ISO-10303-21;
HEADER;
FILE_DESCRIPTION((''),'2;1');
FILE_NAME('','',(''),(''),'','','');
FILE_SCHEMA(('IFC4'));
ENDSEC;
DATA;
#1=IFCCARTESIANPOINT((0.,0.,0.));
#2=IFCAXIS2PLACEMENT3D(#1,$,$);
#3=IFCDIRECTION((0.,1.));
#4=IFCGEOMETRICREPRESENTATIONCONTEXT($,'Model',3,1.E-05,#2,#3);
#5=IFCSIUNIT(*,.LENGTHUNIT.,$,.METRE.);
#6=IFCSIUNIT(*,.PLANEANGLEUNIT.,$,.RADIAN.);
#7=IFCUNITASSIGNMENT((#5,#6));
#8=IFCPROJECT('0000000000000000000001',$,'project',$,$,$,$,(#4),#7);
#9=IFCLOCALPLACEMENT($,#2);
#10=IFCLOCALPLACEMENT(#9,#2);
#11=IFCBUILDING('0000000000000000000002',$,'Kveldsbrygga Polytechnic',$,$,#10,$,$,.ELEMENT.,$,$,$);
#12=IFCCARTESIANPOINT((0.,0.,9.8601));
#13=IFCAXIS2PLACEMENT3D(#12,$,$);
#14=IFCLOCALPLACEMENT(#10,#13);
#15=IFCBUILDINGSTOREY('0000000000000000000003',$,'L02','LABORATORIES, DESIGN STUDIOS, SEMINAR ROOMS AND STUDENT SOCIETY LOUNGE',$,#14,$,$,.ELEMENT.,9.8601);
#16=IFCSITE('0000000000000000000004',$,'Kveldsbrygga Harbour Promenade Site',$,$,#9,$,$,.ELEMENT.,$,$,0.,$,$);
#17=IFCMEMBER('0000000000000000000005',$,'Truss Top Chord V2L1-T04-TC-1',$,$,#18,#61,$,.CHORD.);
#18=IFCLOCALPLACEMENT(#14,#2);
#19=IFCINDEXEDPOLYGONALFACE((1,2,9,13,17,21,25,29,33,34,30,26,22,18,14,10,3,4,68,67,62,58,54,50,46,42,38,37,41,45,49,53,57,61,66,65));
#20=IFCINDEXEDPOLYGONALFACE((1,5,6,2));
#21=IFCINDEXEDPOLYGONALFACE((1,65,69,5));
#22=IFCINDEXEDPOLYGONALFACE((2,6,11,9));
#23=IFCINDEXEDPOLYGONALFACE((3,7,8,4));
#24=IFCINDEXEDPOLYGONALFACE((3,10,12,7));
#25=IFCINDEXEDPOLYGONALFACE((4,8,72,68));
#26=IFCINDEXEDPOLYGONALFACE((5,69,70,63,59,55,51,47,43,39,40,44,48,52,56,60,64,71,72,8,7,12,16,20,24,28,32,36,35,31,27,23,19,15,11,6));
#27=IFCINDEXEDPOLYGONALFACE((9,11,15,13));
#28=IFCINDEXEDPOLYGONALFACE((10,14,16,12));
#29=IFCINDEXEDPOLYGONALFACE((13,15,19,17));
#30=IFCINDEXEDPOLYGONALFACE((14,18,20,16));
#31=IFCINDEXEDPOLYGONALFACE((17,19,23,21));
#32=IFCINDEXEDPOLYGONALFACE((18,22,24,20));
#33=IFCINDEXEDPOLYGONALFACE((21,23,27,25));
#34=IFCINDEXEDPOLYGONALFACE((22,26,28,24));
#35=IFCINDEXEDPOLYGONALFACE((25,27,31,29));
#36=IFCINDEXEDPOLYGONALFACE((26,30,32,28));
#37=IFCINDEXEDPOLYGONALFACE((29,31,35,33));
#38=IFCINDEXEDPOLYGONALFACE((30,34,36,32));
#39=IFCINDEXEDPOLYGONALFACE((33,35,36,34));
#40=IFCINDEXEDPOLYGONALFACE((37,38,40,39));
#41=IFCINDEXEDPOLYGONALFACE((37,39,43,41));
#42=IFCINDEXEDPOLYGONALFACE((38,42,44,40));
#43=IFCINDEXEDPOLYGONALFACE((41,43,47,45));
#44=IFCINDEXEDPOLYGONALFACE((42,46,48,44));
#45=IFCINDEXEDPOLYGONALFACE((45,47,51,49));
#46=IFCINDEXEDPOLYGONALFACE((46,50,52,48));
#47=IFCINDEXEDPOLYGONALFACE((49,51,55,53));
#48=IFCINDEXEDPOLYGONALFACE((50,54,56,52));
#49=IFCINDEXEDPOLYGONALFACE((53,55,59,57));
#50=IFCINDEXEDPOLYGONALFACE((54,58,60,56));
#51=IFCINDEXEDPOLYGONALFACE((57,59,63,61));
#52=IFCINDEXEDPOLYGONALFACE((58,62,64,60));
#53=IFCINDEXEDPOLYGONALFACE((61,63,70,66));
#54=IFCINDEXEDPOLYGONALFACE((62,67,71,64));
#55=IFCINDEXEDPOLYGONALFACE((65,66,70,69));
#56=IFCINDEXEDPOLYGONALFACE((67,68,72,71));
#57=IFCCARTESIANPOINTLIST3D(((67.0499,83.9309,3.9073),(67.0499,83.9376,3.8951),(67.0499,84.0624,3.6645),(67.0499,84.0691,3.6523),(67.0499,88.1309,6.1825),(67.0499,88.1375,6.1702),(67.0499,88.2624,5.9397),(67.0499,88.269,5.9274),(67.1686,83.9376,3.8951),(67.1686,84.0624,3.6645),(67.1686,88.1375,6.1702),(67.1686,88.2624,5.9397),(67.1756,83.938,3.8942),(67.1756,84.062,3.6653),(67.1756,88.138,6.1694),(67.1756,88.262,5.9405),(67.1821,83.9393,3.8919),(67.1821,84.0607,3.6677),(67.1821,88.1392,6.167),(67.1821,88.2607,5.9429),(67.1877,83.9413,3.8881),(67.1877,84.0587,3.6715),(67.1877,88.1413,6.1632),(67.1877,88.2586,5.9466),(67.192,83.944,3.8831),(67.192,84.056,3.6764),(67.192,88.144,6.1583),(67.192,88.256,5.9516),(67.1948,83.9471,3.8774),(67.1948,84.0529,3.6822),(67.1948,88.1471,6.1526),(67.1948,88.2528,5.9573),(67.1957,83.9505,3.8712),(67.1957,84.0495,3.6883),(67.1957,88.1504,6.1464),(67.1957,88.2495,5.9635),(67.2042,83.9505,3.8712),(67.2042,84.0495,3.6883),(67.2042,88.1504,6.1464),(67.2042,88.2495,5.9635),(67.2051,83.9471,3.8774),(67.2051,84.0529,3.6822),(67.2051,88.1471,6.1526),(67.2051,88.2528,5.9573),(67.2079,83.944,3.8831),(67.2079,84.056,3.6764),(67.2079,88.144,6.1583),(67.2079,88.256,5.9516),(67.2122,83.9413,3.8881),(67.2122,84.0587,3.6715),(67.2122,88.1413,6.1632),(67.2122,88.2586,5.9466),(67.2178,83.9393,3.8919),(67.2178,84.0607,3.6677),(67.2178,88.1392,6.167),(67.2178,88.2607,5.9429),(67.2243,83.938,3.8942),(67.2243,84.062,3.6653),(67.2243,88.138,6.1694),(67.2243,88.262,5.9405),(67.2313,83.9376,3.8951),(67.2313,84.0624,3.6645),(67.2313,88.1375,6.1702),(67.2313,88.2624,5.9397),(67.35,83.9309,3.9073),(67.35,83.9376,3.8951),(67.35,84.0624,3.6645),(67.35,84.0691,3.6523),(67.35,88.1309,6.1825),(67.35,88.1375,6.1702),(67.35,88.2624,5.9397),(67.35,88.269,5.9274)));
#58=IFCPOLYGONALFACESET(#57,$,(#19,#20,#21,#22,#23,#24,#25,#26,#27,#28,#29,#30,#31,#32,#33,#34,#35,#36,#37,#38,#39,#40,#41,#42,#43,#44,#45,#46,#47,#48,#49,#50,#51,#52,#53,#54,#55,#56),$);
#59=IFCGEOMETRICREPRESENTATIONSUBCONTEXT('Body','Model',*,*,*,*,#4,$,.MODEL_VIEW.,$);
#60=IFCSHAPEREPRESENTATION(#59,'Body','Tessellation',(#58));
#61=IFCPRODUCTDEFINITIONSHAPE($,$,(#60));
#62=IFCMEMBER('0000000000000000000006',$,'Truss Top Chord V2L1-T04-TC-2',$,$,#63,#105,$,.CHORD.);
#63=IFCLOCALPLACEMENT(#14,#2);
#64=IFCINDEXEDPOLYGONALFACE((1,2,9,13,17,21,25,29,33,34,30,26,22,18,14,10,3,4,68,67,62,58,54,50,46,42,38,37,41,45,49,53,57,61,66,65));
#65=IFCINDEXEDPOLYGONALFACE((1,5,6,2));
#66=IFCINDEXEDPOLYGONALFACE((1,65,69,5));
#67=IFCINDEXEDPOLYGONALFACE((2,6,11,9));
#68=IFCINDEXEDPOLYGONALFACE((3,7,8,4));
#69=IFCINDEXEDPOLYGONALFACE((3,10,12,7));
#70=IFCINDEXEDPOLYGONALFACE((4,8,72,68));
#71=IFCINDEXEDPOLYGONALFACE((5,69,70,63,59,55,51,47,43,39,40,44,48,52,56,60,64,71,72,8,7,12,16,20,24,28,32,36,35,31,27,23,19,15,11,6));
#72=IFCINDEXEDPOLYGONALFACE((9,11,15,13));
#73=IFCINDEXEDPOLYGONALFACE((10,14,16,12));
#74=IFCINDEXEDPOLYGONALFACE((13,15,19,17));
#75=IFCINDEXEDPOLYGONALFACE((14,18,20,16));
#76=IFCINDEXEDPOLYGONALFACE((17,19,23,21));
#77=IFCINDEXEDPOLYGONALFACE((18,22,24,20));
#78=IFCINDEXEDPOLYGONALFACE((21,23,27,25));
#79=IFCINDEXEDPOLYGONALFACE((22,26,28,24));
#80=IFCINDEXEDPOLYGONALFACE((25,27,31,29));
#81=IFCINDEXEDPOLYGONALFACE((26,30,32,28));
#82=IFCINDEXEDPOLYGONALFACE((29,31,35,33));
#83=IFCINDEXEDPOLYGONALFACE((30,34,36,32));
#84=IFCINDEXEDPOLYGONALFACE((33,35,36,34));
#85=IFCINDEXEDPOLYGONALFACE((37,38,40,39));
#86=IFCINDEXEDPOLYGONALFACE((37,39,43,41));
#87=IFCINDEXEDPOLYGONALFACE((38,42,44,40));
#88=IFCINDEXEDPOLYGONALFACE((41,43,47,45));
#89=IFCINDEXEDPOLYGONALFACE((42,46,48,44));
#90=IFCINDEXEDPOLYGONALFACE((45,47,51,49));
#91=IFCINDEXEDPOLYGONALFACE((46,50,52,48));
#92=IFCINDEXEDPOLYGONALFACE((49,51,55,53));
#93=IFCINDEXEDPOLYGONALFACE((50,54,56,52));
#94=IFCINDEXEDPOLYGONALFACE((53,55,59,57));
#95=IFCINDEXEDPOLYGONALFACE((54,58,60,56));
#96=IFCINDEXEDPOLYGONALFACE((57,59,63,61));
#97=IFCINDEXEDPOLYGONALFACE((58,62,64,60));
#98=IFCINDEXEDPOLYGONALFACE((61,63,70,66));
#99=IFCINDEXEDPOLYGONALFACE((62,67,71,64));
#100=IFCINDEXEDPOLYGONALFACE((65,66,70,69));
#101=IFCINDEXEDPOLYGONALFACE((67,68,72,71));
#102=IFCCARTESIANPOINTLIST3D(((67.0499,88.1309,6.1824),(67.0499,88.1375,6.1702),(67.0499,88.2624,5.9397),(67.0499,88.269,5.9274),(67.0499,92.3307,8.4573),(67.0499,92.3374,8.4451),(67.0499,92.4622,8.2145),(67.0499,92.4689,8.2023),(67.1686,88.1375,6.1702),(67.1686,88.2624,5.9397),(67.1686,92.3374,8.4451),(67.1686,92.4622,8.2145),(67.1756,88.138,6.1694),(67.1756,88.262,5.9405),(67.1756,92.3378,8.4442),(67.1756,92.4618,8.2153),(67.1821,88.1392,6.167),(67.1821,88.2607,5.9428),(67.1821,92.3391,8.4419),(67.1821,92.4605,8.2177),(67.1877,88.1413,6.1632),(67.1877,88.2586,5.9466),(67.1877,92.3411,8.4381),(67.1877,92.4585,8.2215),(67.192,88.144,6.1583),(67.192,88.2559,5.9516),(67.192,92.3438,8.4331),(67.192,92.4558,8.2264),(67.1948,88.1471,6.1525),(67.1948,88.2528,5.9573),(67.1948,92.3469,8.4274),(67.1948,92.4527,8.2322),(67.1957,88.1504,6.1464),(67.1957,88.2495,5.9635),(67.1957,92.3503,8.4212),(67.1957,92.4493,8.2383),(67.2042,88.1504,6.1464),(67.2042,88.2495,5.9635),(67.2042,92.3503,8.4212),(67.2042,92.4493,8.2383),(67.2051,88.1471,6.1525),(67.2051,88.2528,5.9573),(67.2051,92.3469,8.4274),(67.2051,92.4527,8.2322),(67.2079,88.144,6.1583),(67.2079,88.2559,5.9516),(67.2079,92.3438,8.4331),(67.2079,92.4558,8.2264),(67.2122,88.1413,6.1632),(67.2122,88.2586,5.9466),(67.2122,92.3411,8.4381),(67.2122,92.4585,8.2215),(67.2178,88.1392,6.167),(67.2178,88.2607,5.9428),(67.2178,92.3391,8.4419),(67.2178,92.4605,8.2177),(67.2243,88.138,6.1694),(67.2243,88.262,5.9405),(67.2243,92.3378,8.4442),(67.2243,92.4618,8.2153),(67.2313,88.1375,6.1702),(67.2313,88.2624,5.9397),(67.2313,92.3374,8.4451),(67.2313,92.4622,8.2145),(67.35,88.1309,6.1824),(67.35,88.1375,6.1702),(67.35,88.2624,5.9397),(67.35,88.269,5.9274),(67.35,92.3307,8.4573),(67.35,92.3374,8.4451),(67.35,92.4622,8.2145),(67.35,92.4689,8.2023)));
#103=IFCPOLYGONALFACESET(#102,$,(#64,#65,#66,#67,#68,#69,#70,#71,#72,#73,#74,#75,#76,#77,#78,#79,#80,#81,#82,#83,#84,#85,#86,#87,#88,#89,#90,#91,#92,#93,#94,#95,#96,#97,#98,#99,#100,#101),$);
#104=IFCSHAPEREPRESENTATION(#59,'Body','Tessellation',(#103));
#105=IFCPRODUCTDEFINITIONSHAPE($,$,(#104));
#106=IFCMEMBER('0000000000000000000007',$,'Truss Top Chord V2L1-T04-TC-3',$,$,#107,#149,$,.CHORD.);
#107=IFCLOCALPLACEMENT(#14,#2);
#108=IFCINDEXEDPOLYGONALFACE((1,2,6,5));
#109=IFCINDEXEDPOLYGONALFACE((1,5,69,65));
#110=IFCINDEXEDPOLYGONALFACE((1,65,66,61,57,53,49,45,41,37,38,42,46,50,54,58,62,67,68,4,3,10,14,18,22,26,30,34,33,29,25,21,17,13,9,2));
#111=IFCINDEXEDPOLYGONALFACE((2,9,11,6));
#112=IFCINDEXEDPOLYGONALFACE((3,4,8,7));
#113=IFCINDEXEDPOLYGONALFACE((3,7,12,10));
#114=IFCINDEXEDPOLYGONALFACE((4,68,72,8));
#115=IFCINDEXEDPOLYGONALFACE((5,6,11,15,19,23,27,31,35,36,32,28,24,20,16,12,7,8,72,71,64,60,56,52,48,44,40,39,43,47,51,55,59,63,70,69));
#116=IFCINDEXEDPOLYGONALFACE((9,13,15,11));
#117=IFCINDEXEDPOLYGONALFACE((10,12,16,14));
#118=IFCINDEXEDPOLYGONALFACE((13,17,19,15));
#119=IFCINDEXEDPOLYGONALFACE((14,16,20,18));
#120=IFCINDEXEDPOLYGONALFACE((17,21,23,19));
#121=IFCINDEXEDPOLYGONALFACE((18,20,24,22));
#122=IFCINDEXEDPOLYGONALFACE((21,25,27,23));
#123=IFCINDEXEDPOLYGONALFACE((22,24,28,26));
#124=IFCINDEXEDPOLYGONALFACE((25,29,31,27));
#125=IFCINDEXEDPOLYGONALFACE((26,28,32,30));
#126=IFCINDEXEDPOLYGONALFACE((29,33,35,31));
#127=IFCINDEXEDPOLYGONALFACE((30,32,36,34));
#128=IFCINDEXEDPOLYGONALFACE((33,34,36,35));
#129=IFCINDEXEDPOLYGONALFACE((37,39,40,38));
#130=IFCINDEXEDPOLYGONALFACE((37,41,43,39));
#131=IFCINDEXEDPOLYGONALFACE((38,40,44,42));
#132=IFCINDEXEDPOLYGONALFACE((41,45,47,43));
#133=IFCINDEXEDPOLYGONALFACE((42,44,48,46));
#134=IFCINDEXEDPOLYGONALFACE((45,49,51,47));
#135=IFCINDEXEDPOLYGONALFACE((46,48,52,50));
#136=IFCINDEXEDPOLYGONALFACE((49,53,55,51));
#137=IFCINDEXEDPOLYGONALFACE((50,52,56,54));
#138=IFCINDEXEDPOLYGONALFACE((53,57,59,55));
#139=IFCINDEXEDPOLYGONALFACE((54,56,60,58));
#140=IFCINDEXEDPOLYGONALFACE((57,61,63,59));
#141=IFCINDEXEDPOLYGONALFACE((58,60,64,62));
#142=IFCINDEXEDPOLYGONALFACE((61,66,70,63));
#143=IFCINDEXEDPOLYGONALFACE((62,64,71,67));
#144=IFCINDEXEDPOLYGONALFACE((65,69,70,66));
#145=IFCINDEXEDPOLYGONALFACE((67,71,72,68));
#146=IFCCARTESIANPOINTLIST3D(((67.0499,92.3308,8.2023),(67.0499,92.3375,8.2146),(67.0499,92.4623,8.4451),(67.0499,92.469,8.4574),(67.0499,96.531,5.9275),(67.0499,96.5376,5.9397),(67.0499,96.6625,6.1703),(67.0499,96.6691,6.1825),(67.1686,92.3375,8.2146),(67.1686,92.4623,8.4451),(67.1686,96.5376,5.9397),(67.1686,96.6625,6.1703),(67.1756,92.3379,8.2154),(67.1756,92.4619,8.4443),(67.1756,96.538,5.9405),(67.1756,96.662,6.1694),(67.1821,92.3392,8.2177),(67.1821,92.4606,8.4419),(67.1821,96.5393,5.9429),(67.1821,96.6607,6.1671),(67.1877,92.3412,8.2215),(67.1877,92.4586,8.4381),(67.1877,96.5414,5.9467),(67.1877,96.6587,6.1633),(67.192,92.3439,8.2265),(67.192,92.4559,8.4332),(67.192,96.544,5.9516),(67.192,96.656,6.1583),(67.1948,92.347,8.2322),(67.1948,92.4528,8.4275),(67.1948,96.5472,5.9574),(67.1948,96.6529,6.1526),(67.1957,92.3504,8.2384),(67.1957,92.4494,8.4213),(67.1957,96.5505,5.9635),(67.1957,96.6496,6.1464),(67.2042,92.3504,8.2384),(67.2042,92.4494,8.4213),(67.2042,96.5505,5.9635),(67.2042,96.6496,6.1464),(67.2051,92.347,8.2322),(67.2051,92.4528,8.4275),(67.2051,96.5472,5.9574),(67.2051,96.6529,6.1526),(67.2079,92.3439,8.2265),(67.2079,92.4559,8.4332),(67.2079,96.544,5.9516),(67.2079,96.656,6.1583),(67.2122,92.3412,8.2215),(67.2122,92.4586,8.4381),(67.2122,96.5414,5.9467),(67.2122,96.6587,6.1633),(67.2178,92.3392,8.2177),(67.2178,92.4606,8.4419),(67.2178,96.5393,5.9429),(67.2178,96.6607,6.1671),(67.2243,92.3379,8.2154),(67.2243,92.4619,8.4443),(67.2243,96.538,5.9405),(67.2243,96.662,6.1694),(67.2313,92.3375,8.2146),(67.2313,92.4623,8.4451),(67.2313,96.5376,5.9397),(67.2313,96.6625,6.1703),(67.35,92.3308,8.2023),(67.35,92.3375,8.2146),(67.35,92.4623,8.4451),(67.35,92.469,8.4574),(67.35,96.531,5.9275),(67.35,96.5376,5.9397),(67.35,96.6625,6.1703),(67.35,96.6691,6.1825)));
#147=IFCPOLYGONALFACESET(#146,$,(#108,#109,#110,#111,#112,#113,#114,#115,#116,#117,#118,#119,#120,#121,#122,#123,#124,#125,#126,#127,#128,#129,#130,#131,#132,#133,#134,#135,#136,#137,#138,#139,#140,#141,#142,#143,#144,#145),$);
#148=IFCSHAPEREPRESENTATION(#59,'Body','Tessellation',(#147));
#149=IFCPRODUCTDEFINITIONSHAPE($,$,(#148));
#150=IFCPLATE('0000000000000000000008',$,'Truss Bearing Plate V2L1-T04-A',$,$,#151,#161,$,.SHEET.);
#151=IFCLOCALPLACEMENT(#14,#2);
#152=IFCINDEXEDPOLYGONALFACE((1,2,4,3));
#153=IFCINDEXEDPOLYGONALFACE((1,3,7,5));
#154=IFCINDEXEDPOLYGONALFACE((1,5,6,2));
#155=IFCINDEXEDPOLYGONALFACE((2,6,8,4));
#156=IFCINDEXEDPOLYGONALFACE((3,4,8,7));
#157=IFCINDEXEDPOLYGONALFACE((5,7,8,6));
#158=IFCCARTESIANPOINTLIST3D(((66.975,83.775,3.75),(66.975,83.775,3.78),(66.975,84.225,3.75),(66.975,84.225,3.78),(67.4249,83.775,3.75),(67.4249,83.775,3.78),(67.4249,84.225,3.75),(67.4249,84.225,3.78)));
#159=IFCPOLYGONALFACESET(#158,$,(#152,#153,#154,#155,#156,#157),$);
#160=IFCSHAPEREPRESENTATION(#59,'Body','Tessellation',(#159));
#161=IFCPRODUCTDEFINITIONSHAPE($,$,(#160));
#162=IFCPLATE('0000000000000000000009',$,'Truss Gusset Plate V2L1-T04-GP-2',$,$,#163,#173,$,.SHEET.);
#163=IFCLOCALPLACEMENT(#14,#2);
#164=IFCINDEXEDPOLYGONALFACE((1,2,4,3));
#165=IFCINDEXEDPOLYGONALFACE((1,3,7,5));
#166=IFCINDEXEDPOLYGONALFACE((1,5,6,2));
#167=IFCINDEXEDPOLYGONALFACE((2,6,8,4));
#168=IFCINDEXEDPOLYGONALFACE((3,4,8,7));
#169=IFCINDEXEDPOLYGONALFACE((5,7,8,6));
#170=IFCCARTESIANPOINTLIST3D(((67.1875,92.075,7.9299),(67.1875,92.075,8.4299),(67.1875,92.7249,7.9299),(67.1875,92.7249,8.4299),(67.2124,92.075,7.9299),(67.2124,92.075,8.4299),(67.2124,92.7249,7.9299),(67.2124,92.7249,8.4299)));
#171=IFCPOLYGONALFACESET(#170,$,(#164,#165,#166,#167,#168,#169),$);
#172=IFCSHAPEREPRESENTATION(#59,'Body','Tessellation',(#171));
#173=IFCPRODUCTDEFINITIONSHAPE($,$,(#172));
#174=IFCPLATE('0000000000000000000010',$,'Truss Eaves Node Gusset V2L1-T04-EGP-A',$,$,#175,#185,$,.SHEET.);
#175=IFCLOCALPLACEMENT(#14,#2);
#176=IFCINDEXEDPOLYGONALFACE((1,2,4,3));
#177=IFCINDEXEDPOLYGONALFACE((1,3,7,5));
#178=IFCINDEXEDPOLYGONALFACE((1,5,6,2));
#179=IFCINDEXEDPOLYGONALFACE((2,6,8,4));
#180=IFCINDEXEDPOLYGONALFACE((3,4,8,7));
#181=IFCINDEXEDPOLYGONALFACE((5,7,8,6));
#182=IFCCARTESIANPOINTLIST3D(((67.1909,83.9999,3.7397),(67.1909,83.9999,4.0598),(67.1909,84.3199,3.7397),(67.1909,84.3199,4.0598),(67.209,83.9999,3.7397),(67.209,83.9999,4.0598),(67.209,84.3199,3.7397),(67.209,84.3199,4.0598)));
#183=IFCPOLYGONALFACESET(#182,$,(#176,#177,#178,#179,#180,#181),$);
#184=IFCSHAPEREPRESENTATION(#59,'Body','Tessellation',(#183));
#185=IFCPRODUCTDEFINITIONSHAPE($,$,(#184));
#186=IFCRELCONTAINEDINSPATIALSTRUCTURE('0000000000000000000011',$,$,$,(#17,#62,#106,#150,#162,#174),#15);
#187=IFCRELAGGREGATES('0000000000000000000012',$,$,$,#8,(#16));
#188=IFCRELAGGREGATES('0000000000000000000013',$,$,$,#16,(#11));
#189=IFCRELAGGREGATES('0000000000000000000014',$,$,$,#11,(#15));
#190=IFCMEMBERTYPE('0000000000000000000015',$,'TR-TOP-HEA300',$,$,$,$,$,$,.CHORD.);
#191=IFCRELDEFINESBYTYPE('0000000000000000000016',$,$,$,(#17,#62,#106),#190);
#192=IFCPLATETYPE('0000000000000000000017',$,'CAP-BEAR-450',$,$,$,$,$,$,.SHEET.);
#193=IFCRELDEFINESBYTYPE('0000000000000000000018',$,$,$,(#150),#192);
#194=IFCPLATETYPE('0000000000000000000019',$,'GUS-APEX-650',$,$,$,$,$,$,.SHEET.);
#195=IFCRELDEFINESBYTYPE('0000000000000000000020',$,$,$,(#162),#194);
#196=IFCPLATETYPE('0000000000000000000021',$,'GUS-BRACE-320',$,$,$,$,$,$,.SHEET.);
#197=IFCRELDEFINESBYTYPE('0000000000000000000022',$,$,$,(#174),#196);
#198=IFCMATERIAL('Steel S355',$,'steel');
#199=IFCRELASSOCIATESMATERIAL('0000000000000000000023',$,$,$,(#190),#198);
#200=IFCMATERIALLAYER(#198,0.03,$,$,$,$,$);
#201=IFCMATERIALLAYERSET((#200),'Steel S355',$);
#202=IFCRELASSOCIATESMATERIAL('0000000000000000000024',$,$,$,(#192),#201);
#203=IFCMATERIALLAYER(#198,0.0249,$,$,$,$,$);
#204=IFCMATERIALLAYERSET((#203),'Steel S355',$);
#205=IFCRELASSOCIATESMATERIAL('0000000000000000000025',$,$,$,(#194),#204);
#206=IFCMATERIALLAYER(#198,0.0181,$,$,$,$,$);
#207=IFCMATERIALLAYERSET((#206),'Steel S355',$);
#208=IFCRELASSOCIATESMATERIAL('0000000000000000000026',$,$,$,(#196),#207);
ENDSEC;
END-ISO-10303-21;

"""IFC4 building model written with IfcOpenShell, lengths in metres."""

from ifc_helpers import new_model, si_unit, direction, frame, origin, origin_2d, place, context, subcontext, project, spatial, rectangle, i_section, extrude, material, layer, layer_set, material_profile, profile_set, type_object, element, save


model = new_model("IFC4")

# Units and contexts
model_context = context("Model", 3, precision=1e-05, world=origin(), true_north=direction((0.0, 1.0)))
body_context = subcontext(model_context, "Body", "Model", "MODEL_VIEW")
ifc_project = project(units=[si_unit("LENGTHUNIT", "METRE"), si_unit("PLANEANGLEUNIT", "RADIAN")], contexts=[model_context])

# Site, building, storey
site_placement = place(None, origin())
site = spatial("IfcSite", under=ifc_project, at=site_placement, Name="Kveldsbrygga Harbour Promenade Site", CompositionType="ELEMENT", RefElevation=0.0)
building_placement = place(site_placement, origin())
building = spatial("IfcBuilding", under=site, at=building_placement, Name="Kveldsbrygga Polytechnic", CompositionType="ELEMENT")
storey_placement = place(building_placement, frame((0.0, 0.0, 9.8601)))
storey = spatial("IfcBuildingStorey", under=building, at=storey_placement, Name="L02", Description="LABORATORIES, DESIGN STUDIOS, SEMINAR ROOMS AND STUDENT SOCIETY LOUNGE", CompositionType="ELEMENT", Elevation=9.8601)

# Members
ifc_material_1 = material(Name="Steel S355", Category="steel")
ifc_material_profile_1 = material_profile(ifc_material_1, i_section(OverallWidth=0.3, OverallDepth=0.29, WebThickness=0.0085, FlangeThickness=0.0139, FilletRadius=0.0271, at=origin_2d()), Name="HEA 300")
ifc_profile_set_1 = profile_set([ifc_material_profile_1], Name="Steel S355")
member_type_1 = type_object("IfcMemberType", Name="TR-TOP-HEA300", PredefinedType="CHORD", material=ifc_profile_set_1)
member_1_placement = place(storey_placement, frame((67.2, 84.0, 3.7798), z_axis=(0.0, 0.879277, 0.476311), x_axis=(-1.0, 0.0, 0.0)))
element("IfcMember", 1, at=member_1_placement, inside=storey, type_object=member_type_1, Name="Truss Top Chord V2L1-T04-TC-1", PredefinedType="CHORD", context=body_context, shape_type="SweptSolid", body=[
    extrude(i_section(OverallWidth=0.3, OverallDepth=0.29, WebThickness=0.0085, FlangeThickness=0.0139, FilletRadius=0.0271, at=origin_2d()), origin(), (0.0, 0.0, 1.0), 4.7766),
])
member_2_placement = place(storey_placement, frame((67.2, 88.2, 6.0549), z_axis=(0.0, 0.879298, 0.476272), x_axis=(-1.0, 0.0, 0.0)))
element("IfcMember", 2, at=member_2_placement, inside=storey, type_object=member_type_1, Name="Truss Top Chord V2L1-T04-TC-2", PredefinedType="CHORD", context=body_context, shape_type="SweptSolid", body=[
    extrude(i_section(OverallWidth=0.3, OverallDepth=0.29, WebThickness=0.0085, FlangeThickness=0.0139, FilletRadius=0.0271, at=origin_2d()), origin(), (0.0, 0.0, 1.0), 4.7764),
])
member_3_placement = place(storey_placement, frame((67.2, 92.3999, 8.3298), z_axis=(0.0, 0.87931, -0.47625), x_axis=(-1.0, 0.0, 0.0)))
element("IfcMember", 3, at=member_3_placement, inside=storey, type_object=member_type_1, Name="Truss Top Chord V2L1-T04-TC-3", PredefinedType="CHORD", context=body_context, shape_type="SweptSolid", body=[
    extrude(i_section(OverallWidth=0.3, OverallDepth=0.29, WebThickness=0.0085, FlangeThickness=0.0139, FilletRadius=0.0271, at=origin_2d()), origin(), (0.0, 0.0, 1.0), 4.7766),
])

# Plates
ifc_layer_1 = layer(ifc_material_1, 0.03)
ifc_layer_set_1 = layer_set([ifc_layer_1], Name="Steel S355")
plate_type_1 = type_object("IfcPlateType", Name="CAP-BEAR-450", PredefinedType="SHEET", material=ifc_layer_set_1)
plate_1_placement = place(storey_placement, frame((67.2, 84.0, 3.75), z_axis=(0.0, 0.0, 1.0), x_axis=(1.0, 0.0, 0.0)))
element("IfcPlate", 4, at=plate_1_placement, inside=storey, type_object=plate_type_1, Name="Truss Bearing Plate V2L1-T04-A", PredefinedType="SHEET", context=body_context, shape_type="SweptSolid", body=[
    extrude(rectangle(XDim=0.45, YDim=0.45, at=origin_2d()), origin(), (0.0, 0.0, 1.0), 0.03),
])
ifc_layer_2 = layer(ifc_material_1, 0.0249)
ifc_layer_set_2 = layer_set([ifc_layer_2], Name="Steel S355")
plate_type_2 = type_object("IfcPlateType", Name="GUS-APEX-650", PredefinedType="SHEET", material=ifc_layer_set_2)
plate_2_placement = place(storey_placement, frame((67.2, 92.3999, 7.9299), z_axis=(0.0, 0.0, 1.0), x_axis=(1.0, 0.0, 0.0)))
element("IfcPlate", 5, at=plate_2_placement, inside=storey, type_object=plate_type_2, Name="Truss Gusset Plate V2L1-T04-GP-2", PredefinedType="SHEET", context=body_context, shape_type="SweptSolid", body=[
    extrude(rectangle(XDim=0.0249, YDim=0.6499, at=origin_2d()), origin(), (0.0, 0.0, 1.0), 0.5),
])
ifc_layer_3 = layer(ifc_material_1, 0.0181)
ifc_layer_set_3 = layer_set([ifc_layer_3], Name="Steel S355")
plate_type_3 = type_object("IfcPlateType", Name="GUS-BRACE-320", PredefinedType="SHEET", material=ifc_layer_set_3)
plate_3_placement = place(storey_placement, frame((67.2, 84.1599, 3.7397), z_axis=(0.0, 0.0, 1.0), x_axis=(1.0, 0.0, 0.0)))
element("IfcPlate", 6, at=plate_3_placement, inside=storey, type_object=plate_type_3, Name="Truss Eaves Node Gusset V2L1-T04-EGP-A", PredefinedType="SHEET", context=body_context, shape_type="SweptSolid", body=[
    extrude(rectangle(XDim=0.0181, YDim=0.3201, at=origin_2d()), origin(), (0.0, 0.0, 1.0), 0.3201),
])

save(model, "model.ifc")
